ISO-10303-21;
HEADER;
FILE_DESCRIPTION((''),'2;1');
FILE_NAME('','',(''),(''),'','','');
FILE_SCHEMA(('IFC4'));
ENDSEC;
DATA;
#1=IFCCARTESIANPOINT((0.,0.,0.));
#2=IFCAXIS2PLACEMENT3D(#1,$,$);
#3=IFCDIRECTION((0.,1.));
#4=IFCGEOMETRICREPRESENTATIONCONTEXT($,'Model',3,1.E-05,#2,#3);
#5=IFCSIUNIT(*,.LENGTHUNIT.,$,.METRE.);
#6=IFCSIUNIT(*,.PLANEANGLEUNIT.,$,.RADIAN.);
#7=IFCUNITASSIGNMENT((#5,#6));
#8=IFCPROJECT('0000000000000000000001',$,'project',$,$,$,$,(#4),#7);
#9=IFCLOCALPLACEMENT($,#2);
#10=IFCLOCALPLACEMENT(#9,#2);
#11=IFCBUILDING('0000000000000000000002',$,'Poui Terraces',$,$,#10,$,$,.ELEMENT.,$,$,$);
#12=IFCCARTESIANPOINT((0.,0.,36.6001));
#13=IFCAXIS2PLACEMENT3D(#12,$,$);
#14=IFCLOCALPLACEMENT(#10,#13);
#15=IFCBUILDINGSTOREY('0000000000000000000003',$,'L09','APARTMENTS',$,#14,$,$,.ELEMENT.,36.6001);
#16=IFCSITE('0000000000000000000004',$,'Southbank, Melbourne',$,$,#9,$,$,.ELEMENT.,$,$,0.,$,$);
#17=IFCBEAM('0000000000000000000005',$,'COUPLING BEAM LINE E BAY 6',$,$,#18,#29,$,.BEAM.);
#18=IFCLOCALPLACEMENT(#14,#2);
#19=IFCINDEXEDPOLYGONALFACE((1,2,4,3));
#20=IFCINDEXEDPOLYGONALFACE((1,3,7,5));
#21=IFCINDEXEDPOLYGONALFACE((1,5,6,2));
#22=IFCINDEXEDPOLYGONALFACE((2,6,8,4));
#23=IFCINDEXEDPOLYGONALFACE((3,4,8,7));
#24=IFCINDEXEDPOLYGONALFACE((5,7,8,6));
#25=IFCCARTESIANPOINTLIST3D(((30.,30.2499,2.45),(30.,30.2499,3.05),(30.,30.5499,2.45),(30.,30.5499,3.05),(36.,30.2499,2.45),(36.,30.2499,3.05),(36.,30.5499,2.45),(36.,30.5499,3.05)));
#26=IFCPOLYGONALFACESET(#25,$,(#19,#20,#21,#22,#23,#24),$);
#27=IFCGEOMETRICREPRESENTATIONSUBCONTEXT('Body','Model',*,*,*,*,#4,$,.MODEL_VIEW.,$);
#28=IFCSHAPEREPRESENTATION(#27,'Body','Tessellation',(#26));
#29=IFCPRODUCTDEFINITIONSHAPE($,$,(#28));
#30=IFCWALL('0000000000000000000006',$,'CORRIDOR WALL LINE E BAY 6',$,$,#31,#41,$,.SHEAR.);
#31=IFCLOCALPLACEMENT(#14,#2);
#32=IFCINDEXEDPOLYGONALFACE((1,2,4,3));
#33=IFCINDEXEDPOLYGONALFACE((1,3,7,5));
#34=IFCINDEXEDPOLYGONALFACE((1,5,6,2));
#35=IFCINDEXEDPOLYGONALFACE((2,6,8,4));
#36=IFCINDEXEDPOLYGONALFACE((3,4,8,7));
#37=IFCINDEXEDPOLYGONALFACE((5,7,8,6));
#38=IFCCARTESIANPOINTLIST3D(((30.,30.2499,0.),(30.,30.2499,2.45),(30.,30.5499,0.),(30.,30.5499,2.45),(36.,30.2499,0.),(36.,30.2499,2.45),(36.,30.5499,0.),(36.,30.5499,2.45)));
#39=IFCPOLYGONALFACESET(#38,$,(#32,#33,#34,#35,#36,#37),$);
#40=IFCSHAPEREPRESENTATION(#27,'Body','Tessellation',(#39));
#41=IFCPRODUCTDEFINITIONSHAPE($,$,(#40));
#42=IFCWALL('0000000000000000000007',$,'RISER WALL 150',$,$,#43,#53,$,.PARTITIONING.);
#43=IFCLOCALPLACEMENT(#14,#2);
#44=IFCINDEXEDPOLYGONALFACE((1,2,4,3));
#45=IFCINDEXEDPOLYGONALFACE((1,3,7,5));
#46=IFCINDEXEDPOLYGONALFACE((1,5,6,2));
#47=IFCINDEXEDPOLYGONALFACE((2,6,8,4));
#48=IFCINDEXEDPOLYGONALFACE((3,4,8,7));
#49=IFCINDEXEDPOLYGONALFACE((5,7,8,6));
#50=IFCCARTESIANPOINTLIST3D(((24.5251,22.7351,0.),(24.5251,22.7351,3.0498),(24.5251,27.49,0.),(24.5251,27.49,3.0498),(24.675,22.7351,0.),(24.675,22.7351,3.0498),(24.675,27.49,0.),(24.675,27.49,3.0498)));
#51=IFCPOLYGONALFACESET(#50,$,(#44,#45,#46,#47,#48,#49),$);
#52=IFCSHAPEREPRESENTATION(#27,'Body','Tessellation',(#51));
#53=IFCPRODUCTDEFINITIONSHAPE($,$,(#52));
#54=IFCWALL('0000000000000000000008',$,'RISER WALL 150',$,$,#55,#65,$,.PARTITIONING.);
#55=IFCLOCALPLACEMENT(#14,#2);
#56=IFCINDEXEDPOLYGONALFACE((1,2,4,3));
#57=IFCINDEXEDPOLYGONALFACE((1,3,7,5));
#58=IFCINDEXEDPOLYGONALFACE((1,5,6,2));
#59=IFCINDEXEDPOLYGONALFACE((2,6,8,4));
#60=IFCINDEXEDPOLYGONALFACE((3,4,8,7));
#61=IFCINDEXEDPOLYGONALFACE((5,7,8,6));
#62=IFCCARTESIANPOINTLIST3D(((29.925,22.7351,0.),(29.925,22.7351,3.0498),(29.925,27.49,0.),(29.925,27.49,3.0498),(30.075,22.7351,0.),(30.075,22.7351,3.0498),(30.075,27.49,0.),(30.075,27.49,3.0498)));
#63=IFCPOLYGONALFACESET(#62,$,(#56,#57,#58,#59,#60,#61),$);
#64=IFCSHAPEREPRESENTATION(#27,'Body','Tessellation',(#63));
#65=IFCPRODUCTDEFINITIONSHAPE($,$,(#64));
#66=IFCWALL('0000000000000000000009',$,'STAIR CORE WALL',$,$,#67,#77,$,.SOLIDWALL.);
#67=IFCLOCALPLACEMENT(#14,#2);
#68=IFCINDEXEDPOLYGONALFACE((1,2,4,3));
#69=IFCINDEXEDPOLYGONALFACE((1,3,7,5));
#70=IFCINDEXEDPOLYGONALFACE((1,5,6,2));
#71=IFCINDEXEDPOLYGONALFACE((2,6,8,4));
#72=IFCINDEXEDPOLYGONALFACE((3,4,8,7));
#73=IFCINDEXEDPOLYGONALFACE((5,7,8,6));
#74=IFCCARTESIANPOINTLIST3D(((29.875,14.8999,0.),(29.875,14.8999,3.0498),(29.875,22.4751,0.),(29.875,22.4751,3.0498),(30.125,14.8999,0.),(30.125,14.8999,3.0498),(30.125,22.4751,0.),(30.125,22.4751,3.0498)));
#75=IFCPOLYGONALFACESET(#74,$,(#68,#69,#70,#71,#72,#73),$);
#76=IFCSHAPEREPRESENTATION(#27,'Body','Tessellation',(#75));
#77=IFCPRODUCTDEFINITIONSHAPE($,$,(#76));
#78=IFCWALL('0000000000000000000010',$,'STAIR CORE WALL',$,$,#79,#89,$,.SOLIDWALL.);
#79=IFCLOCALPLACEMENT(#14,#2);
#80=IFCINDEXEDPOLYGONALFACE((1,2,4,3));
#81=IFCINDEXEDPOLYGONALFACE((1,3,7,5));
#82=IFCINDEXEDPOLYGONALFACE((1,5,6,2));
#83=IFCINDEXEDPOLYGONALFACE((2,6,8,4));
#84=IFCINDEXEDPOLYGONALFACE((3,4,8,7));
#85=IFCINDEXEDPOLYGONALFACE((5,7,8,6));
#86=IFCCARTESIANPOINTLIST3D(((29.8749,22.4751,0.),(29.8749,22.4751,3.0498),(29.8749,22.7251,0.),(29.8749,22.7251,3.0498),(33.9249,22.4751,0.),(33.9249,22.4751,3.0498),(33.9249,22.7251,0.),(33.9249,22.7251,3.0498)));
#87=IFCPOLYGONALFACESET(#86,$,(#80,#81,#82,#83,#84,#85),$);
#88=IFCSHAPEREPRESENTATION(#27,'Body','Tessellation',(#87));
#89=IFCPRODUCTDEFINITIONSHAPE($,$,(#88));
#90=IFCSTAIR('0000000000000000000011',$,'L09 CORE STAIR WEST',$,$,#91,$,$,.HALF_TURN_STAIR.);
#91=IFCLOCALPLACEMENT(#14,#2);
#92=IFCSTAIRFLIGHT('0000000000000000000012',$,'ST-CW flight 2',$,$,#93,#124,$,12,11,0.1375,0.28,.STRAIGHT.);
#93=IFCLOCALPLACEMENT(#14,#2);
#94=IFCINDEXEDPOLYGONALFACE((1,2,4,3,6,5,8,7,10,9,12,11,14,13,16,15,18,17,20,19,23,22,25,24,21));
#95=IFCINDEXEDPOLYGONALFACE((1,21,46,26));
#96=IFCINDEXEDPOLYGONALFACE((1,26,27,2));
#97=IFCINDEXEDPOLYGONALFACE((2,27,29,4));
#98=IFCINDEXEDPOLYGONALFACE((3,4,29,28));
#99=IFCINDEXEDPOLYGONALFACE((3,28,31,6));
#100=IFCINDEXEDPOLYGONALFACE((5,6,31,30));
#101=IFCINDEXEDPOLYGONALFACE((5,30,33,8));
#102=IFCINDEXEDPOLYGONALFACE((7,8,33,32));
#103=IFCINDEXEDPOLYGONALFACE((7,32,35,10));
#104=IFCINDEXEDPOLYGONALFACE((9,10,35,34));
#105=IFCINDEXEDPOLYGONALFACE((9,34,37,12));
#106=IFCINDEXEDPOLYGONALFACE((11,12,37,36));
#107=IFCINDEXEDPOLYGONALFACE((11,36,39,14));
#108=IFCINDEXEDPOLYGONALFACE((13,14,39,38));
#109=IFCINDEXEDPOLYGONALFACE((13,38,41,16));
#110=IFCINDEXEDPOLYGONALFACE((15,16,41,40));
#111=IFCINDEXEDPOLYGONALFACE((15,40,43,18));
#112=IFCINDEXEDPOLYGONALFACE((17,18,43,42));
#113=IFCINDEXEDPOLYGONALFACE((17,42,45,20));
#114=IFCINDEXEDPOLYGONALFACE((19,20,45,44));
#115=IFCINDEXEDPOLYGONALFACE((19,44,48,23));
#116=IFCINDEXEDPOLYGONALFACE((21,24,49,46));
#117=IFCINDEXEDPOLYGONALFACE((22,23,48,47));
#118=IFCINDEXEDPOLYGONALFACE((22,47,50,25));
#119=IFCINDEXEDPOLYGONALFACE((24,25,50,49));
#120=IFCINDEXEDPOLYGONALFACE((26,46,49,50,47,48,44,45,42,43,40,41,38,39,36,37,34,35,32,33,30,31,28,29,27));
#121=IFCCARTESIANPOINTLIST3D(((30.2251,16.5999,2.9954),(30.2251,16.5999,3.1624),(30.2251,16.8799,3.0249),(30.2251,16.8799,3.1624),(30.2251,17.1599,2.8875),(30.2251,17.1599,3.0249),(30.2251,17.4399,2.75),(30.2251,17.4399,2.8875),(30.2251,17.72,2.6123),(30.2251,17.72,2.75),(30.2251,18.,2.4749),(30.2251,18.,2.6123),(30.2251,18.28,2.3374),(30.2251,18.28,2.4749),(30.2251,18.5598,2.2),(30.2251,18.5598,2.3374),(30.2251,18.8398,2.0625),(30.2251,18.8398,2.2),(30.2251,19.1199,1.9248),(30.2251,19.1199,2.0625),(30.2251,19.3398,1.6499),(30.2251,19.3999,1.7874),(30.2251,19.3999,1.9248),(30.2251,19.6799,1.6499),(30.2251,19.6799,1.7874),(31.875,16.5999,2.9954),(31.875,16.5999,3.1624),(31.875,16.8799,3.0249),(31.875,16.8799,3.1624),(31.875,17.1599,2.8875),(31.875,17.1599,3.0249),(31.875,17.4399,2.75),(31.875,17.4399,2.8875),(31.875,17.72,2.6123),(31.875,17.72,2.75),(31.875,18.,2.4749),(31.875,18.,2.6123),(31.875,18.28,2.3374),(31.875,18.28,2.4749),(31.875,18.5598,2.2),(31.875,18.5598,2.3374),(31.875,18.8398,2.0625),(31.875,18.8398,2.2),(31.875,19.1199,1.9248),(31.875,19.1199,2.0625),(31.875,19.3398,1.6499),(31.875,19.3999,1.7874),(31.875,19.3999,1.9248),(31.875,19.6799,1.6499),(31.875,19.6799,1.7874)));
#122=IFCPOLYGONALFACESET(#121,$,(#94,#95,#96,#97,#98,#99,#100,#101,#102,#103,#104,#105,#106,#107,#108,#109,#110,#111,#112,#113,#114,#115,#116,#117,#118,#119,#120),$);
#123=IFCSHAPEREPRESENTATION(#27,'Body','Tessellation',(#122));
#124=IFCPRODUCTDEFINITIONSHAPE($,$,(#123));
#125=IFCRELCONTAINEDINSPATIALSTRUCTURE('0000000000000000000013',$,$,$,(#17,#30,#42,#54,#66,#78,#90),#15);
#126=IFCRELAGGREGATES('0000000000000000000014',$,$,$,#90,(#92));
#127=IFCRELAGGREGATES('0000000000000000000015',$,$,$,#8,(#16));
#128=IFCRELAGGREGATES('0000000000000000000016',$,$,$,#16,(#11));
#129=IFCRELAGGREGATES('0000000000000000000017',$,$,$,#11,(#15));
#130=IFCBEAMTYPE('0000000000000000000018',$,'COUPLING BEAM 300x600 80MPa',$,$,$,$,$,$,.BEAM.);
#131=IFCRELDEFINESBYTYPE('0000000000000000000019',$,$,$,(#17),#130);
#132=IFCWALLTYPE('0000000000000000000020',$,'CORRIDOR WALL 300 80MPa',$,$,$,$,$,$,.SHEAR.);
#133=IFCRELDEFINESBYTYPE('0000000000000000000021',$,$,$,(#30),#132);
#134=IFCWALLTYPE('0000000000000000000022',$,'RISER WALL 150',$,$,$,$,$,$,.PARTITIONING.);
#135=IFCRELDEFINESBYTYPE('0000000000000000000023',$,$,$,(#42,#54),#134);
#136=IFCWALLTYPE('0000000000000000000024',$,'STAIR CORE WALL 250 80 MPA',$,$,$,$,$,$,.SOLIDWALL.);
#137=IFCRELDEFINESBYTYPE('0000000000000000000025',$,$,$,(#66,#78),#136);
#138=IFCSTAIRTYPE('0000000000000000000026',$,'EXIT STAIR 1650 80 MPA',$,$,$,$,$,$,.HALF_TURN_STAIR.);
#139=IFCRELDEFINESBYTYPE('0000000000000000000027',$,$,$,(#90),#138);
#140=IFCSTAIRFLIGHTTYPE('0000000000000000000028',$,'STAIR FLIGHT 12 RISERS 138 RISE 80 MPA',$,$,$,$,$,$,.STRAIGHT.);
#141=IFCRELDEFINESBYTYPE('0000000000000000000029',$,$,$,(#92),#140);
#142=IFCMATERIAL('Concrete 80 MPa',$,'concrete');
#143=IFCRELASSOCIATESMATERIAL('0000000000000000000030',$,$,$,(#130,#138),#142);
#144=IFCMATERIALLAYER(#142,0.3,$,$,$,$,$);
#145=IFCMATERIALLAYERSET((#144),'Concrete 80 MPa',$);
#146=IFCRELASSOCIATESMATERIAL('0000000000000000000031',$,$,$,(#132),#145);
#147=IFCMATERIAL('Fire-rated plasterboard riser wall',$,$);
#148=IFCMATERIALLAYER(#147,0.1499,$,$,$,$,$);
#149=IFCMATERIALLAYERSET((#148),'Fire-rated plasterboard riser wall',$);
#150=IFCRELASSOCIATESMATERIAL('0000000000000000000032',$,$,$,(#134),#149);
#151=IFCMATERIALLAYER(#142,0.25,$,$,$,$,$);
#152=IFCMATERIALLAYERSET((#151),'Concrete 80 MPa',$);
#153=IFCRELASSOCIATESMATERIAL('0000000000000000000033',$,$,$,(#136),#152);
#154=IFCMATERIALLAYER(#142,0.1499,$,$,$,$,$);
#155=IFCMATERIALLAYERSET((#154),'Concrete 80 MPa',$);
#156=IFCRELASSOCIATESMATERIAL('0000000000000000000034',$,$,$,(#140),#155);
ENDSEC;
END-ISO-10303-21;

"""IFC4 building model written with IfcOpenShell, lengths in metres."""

from ifc_helpers import new_model, si_unit, direction, frame, frame_2d, origin, origin_2d, place, context, subcontext, project, spatial, polyline, rectangle, outline, extrude, source, transform, mapped, material, layer, layer_set, material_profile, profile_set, type_object, element, aggregate, save


model = new_model("IFC4")

# Units and contexts
model_context = context("Model", 3, precision=1e-05, world=origin(), true_north=direction((0.0, 1.0)))
body_context = subcontext(model_context, "Body", "Model", "MODEL_VIEW")
ifc_project = project(units=[si_unit("LENGTHUNIT", "METRE"), si_unit("PLANEANGLEUNIT", "RADIAN")], contexts=[model_context])

# Site, building, storey
site_placement = place(None, origin())
site = spatial("IfcSite", under=ifc_project, at=site_placement, Name="Southbank, Melbourne", CompositionType="ELEMENT", RefElevation=0.0)
building_placement = place(site_placement, origin())
building = spatial("IfcBuilding", under=site, at=building_placement, Name="Poui Terraces", CompositionType="ELEMENT")
storey_placement = place(building_placement, frame((0.0, 0.0, 36.6001)))
storey = spatial("IfcBuildingStorey", under=building, at=storey_placement, Name="L09", Description="APARTMENTS", CompositionType="ELEMENT", Elevation=36.6001)

# Beam
ifc_material_1 = material(Name="Concrete 80 MPa", Category="concrete")
ifc_material_profile = material_profile(ifc_material_1, rectangle(XDim=0.3, YDim=0.6001, at=origin_2d()), Name="RC 300x600")
ifc_profile_set = profile_set([ifc_material_profile], Name="Concrete 80 MPa")
beam_type = type_object("IfcBeamType", Name="COUPLING BEAM 300x600 80MPa", PredefinedType="BEAM", material=ifc_profile_set)
shared_shape = source(origin(), body_context, "Body", "SweptSolid", [
    extrude(rectangle(XDim=0.3, YDim=0.6001, at=origin_2d()), origin(), (0.0, 0.0, 1.0), 6.0),
])
beam_placement = place(storey_placement, frame((30.0, 30.3999, 2.75), z_axis=(1.0, 0.0, 0.0), x_axis=(0.0, 1.0, 0.0)))
element("IfcBeam", 1, at=beam_placement, inside=storey, type_object=beam_type, Name="COUPLING BEAM LINE E BAY 6", PredefinedType="BEAM", context=body_context, shape_type="MappedRepresentation", body=[
    mapped(shared_shape, transform((0.0, 0.0, 0.0))),
])

# Walls
ifc_layer_1 = layer(ifc_material_1, 0.3)
ifc_layer_set_1 = layer_set([ifc_layer_1], Name="Concrete 80 MPa")
wall_type_1 = type_object("IfcWallType", Name="CORRIDOR WALL 300 80MPa", PredefinedType="SHEAR", material=ifc_layer_set_1)
wall_1_placement = place(storey_placement, frame((30.0, 30.3999, 0.0), z_axis=(0.0, 0.0, 1.0), x_axis=(1.0, 0.0, 0.0)))
element("IfcWall", 2, at=wall_1_placement, inside=storey, type_object=wall_type_1, Name="CORRIDOR WALL LINE E BAY 6", PredefinedType="SHEAR", context=body_context, shape_type="SweptSolid", body=[
    extrude(rectangle(XDim=6.0, YDim=0.3, at=frame_2d((3.0, 0.0))), origin(), (0.0, 0.0, 1.0), 2.45),
])
ifc_material_2 = material(Name="Fire-rated plasterboard riser wall")
ifc_layer_2 = layer(ifc_material_2, 0.1499)
ifc_layer_set_2 = layer_set([ifc_layer_2], Name="Fire-rated plasterboard riser wall")
wall_type_2 = type_object("IfcWallType", Name="RISER WALL 150", PredefinedType="PARTITIONING", material=ifc_layer_set_2)
for number, where, z_axis, x_axis, name in (
    (3, (24.6001, 22.7351, 0.0), (0.0, 0.0, 1.0), (0.0, 1.0, 0.0), "RISER WALL 150"),
    (4, (30.0, 22.7351, 0.0), (0.0, 0.0, 1.0), (0.0, 1.0, 0.0), "RISER WALL 150"),
):
    element("IfcWall", number, at=place(storey_placement, frame(where, z_axis=z_axis, x_axis=x_axis)), inside=storey, type_object=wall_type_2, Name=name, PredefinedType="PARTITIONING", context=body_context, shape_type="SweptSolid", body=[
        extrude(rectangle(XDim=4.7549, YDim=0.1499, at=frame_2d((2.3774, 0.0))), origin(), (0.0, 0.0, 1.0), 3.0498),
    ])
ifc_layer_3 = layer(ifc_material_1, 0.25)
ifc_layer_set_3 = layer_set([ifc_layer_3], Name="Concrete 80 MPa")
wall_type_3 = type_object("IfcWallType", Name="STAIR CORE WALL 250 80 MPA", PredefinedType="SOLIDWALL", material=ifc_layer_set_3)
wall_2_placement = place(storey_placement, frame((30.0, 14.8999, 0.0), z_axis=(0.0, 0.0, 1.0), x_axis=(0.0, 1.0, 0.0)))
element("IfcWall", 5, at=wall_2_placement, inside=storey, type_object=wall_type_3, Name="STAIR CORE WALL", PredefinedType="SOLIDWALL", context=body_context, shape_type="SweptSolid", body=[
    extrude(rectangle(XDim=7.5752, YDim=0.25, at=frame_2d((3.7876, 0.0))), origin(), (0.0, 0.0, 1.0), 3.0498),
])
wall_3_placement = place(storey_placement, frame((29.875, 22.6001, 0.0), z_axis=(0.0, 0.0, 1.0), x_axis=(1.0, 0.0, 0.0)))
element("IfcWall", 6, at=wall_3_placement, inside=storey, type_object=wall_type_3, Name="STAIR CORE WALL", PredefinedType="SOLIDWALL", context=body_context, shape_type="SweptSolid", body=[
    extrude(rectangle(XDim=4.05, YDim=0.25, at=frame_2d((2.0249, 0.0))), origin(), (0.0, 0.0, 1.0), 3.0498),
])

# Stair, stair flight
stair_type = type_object("IfcStairType", Name="EXIT STAIR 1650 80 MPA", PredefinedType="HALF_TURN_STAIR", material=ifc_material_1)
stair_placement = place(storey_placement, origin())
stair = element("IfcStair", 7, at=stair_placement, inside=storey, type_object=stair_type, Name="L09 CORE STAIR WEST", PredefinedType="HALF_TURN_STAIR")
ifc_layer_4 = layer(ifc_material_1, 0.1499)
ifc_layer_set_4 = layer_set([ifc_layer_4], Name="Concrete 80 MPa")
stair_flight_type = type_object("IfcStairFlightType", Name="STAIR FLIGHT 12 RISERS 138 RISE 80 MPA", PredefinedType="STRAIGHT", material=ifc_layer_set_4)
stair_flight_placement = place(storey_placement, frame((31.05, 19.6799, 1.6499), z_axis=(0.0, 0.0, 1.0), x_axis=(0.0, -1.0, 0.0)))
stair_flight = element("IfcStairFlight", 8, at=stair_flight_placement, type_object=stair_flight_type, Name="ST-CW flight 2", NumberOfRisers=12, NumberOfTreads=11, PredefinedType="STRAIGHT", RiserHeight=0.1375, TreadLength=0.28, context=body_context, shape_type="SweptSolid", body=[
    extrude(outline(polyline([(0.0, 0.0), (0.0, 0.1375), (0.28, 0.1375), (0.28, 0.2749), (0.5601, 0.2749), (0.5601, 0.4126), (0.8401, 0.4126), (0.8401, 0.55), (1.1201, 0.55), (1.1201, 0.6875), (1.3999, 0.6875), (1.3999, 0.825), (1.6799, 0.825), (1.6799, 0.9624), (1.96, 0.9624), (1.96, 1.1001), (2.24, 1.1001), (2.24, 1.2375), (2.52, 1.2375), (2.52, 1.375), (2.8, 1.375), (2.8, 1.5125), (3.0801, 1.5125), (3.0801, 1.6499), (3.0801, 1.3455), (0.3401, 0.0), (0.0, 0.0)])), frame((0.0, 0.825, 0.0), z_axis=(0.0, -1.0, 0.0), x_axis=(1.0, 0.0, 0.0)), (0.0, 0.0, 1.0), 1.6499),
])
aggregate(stair, [stair_flight])

save(model, "model.ifc")
